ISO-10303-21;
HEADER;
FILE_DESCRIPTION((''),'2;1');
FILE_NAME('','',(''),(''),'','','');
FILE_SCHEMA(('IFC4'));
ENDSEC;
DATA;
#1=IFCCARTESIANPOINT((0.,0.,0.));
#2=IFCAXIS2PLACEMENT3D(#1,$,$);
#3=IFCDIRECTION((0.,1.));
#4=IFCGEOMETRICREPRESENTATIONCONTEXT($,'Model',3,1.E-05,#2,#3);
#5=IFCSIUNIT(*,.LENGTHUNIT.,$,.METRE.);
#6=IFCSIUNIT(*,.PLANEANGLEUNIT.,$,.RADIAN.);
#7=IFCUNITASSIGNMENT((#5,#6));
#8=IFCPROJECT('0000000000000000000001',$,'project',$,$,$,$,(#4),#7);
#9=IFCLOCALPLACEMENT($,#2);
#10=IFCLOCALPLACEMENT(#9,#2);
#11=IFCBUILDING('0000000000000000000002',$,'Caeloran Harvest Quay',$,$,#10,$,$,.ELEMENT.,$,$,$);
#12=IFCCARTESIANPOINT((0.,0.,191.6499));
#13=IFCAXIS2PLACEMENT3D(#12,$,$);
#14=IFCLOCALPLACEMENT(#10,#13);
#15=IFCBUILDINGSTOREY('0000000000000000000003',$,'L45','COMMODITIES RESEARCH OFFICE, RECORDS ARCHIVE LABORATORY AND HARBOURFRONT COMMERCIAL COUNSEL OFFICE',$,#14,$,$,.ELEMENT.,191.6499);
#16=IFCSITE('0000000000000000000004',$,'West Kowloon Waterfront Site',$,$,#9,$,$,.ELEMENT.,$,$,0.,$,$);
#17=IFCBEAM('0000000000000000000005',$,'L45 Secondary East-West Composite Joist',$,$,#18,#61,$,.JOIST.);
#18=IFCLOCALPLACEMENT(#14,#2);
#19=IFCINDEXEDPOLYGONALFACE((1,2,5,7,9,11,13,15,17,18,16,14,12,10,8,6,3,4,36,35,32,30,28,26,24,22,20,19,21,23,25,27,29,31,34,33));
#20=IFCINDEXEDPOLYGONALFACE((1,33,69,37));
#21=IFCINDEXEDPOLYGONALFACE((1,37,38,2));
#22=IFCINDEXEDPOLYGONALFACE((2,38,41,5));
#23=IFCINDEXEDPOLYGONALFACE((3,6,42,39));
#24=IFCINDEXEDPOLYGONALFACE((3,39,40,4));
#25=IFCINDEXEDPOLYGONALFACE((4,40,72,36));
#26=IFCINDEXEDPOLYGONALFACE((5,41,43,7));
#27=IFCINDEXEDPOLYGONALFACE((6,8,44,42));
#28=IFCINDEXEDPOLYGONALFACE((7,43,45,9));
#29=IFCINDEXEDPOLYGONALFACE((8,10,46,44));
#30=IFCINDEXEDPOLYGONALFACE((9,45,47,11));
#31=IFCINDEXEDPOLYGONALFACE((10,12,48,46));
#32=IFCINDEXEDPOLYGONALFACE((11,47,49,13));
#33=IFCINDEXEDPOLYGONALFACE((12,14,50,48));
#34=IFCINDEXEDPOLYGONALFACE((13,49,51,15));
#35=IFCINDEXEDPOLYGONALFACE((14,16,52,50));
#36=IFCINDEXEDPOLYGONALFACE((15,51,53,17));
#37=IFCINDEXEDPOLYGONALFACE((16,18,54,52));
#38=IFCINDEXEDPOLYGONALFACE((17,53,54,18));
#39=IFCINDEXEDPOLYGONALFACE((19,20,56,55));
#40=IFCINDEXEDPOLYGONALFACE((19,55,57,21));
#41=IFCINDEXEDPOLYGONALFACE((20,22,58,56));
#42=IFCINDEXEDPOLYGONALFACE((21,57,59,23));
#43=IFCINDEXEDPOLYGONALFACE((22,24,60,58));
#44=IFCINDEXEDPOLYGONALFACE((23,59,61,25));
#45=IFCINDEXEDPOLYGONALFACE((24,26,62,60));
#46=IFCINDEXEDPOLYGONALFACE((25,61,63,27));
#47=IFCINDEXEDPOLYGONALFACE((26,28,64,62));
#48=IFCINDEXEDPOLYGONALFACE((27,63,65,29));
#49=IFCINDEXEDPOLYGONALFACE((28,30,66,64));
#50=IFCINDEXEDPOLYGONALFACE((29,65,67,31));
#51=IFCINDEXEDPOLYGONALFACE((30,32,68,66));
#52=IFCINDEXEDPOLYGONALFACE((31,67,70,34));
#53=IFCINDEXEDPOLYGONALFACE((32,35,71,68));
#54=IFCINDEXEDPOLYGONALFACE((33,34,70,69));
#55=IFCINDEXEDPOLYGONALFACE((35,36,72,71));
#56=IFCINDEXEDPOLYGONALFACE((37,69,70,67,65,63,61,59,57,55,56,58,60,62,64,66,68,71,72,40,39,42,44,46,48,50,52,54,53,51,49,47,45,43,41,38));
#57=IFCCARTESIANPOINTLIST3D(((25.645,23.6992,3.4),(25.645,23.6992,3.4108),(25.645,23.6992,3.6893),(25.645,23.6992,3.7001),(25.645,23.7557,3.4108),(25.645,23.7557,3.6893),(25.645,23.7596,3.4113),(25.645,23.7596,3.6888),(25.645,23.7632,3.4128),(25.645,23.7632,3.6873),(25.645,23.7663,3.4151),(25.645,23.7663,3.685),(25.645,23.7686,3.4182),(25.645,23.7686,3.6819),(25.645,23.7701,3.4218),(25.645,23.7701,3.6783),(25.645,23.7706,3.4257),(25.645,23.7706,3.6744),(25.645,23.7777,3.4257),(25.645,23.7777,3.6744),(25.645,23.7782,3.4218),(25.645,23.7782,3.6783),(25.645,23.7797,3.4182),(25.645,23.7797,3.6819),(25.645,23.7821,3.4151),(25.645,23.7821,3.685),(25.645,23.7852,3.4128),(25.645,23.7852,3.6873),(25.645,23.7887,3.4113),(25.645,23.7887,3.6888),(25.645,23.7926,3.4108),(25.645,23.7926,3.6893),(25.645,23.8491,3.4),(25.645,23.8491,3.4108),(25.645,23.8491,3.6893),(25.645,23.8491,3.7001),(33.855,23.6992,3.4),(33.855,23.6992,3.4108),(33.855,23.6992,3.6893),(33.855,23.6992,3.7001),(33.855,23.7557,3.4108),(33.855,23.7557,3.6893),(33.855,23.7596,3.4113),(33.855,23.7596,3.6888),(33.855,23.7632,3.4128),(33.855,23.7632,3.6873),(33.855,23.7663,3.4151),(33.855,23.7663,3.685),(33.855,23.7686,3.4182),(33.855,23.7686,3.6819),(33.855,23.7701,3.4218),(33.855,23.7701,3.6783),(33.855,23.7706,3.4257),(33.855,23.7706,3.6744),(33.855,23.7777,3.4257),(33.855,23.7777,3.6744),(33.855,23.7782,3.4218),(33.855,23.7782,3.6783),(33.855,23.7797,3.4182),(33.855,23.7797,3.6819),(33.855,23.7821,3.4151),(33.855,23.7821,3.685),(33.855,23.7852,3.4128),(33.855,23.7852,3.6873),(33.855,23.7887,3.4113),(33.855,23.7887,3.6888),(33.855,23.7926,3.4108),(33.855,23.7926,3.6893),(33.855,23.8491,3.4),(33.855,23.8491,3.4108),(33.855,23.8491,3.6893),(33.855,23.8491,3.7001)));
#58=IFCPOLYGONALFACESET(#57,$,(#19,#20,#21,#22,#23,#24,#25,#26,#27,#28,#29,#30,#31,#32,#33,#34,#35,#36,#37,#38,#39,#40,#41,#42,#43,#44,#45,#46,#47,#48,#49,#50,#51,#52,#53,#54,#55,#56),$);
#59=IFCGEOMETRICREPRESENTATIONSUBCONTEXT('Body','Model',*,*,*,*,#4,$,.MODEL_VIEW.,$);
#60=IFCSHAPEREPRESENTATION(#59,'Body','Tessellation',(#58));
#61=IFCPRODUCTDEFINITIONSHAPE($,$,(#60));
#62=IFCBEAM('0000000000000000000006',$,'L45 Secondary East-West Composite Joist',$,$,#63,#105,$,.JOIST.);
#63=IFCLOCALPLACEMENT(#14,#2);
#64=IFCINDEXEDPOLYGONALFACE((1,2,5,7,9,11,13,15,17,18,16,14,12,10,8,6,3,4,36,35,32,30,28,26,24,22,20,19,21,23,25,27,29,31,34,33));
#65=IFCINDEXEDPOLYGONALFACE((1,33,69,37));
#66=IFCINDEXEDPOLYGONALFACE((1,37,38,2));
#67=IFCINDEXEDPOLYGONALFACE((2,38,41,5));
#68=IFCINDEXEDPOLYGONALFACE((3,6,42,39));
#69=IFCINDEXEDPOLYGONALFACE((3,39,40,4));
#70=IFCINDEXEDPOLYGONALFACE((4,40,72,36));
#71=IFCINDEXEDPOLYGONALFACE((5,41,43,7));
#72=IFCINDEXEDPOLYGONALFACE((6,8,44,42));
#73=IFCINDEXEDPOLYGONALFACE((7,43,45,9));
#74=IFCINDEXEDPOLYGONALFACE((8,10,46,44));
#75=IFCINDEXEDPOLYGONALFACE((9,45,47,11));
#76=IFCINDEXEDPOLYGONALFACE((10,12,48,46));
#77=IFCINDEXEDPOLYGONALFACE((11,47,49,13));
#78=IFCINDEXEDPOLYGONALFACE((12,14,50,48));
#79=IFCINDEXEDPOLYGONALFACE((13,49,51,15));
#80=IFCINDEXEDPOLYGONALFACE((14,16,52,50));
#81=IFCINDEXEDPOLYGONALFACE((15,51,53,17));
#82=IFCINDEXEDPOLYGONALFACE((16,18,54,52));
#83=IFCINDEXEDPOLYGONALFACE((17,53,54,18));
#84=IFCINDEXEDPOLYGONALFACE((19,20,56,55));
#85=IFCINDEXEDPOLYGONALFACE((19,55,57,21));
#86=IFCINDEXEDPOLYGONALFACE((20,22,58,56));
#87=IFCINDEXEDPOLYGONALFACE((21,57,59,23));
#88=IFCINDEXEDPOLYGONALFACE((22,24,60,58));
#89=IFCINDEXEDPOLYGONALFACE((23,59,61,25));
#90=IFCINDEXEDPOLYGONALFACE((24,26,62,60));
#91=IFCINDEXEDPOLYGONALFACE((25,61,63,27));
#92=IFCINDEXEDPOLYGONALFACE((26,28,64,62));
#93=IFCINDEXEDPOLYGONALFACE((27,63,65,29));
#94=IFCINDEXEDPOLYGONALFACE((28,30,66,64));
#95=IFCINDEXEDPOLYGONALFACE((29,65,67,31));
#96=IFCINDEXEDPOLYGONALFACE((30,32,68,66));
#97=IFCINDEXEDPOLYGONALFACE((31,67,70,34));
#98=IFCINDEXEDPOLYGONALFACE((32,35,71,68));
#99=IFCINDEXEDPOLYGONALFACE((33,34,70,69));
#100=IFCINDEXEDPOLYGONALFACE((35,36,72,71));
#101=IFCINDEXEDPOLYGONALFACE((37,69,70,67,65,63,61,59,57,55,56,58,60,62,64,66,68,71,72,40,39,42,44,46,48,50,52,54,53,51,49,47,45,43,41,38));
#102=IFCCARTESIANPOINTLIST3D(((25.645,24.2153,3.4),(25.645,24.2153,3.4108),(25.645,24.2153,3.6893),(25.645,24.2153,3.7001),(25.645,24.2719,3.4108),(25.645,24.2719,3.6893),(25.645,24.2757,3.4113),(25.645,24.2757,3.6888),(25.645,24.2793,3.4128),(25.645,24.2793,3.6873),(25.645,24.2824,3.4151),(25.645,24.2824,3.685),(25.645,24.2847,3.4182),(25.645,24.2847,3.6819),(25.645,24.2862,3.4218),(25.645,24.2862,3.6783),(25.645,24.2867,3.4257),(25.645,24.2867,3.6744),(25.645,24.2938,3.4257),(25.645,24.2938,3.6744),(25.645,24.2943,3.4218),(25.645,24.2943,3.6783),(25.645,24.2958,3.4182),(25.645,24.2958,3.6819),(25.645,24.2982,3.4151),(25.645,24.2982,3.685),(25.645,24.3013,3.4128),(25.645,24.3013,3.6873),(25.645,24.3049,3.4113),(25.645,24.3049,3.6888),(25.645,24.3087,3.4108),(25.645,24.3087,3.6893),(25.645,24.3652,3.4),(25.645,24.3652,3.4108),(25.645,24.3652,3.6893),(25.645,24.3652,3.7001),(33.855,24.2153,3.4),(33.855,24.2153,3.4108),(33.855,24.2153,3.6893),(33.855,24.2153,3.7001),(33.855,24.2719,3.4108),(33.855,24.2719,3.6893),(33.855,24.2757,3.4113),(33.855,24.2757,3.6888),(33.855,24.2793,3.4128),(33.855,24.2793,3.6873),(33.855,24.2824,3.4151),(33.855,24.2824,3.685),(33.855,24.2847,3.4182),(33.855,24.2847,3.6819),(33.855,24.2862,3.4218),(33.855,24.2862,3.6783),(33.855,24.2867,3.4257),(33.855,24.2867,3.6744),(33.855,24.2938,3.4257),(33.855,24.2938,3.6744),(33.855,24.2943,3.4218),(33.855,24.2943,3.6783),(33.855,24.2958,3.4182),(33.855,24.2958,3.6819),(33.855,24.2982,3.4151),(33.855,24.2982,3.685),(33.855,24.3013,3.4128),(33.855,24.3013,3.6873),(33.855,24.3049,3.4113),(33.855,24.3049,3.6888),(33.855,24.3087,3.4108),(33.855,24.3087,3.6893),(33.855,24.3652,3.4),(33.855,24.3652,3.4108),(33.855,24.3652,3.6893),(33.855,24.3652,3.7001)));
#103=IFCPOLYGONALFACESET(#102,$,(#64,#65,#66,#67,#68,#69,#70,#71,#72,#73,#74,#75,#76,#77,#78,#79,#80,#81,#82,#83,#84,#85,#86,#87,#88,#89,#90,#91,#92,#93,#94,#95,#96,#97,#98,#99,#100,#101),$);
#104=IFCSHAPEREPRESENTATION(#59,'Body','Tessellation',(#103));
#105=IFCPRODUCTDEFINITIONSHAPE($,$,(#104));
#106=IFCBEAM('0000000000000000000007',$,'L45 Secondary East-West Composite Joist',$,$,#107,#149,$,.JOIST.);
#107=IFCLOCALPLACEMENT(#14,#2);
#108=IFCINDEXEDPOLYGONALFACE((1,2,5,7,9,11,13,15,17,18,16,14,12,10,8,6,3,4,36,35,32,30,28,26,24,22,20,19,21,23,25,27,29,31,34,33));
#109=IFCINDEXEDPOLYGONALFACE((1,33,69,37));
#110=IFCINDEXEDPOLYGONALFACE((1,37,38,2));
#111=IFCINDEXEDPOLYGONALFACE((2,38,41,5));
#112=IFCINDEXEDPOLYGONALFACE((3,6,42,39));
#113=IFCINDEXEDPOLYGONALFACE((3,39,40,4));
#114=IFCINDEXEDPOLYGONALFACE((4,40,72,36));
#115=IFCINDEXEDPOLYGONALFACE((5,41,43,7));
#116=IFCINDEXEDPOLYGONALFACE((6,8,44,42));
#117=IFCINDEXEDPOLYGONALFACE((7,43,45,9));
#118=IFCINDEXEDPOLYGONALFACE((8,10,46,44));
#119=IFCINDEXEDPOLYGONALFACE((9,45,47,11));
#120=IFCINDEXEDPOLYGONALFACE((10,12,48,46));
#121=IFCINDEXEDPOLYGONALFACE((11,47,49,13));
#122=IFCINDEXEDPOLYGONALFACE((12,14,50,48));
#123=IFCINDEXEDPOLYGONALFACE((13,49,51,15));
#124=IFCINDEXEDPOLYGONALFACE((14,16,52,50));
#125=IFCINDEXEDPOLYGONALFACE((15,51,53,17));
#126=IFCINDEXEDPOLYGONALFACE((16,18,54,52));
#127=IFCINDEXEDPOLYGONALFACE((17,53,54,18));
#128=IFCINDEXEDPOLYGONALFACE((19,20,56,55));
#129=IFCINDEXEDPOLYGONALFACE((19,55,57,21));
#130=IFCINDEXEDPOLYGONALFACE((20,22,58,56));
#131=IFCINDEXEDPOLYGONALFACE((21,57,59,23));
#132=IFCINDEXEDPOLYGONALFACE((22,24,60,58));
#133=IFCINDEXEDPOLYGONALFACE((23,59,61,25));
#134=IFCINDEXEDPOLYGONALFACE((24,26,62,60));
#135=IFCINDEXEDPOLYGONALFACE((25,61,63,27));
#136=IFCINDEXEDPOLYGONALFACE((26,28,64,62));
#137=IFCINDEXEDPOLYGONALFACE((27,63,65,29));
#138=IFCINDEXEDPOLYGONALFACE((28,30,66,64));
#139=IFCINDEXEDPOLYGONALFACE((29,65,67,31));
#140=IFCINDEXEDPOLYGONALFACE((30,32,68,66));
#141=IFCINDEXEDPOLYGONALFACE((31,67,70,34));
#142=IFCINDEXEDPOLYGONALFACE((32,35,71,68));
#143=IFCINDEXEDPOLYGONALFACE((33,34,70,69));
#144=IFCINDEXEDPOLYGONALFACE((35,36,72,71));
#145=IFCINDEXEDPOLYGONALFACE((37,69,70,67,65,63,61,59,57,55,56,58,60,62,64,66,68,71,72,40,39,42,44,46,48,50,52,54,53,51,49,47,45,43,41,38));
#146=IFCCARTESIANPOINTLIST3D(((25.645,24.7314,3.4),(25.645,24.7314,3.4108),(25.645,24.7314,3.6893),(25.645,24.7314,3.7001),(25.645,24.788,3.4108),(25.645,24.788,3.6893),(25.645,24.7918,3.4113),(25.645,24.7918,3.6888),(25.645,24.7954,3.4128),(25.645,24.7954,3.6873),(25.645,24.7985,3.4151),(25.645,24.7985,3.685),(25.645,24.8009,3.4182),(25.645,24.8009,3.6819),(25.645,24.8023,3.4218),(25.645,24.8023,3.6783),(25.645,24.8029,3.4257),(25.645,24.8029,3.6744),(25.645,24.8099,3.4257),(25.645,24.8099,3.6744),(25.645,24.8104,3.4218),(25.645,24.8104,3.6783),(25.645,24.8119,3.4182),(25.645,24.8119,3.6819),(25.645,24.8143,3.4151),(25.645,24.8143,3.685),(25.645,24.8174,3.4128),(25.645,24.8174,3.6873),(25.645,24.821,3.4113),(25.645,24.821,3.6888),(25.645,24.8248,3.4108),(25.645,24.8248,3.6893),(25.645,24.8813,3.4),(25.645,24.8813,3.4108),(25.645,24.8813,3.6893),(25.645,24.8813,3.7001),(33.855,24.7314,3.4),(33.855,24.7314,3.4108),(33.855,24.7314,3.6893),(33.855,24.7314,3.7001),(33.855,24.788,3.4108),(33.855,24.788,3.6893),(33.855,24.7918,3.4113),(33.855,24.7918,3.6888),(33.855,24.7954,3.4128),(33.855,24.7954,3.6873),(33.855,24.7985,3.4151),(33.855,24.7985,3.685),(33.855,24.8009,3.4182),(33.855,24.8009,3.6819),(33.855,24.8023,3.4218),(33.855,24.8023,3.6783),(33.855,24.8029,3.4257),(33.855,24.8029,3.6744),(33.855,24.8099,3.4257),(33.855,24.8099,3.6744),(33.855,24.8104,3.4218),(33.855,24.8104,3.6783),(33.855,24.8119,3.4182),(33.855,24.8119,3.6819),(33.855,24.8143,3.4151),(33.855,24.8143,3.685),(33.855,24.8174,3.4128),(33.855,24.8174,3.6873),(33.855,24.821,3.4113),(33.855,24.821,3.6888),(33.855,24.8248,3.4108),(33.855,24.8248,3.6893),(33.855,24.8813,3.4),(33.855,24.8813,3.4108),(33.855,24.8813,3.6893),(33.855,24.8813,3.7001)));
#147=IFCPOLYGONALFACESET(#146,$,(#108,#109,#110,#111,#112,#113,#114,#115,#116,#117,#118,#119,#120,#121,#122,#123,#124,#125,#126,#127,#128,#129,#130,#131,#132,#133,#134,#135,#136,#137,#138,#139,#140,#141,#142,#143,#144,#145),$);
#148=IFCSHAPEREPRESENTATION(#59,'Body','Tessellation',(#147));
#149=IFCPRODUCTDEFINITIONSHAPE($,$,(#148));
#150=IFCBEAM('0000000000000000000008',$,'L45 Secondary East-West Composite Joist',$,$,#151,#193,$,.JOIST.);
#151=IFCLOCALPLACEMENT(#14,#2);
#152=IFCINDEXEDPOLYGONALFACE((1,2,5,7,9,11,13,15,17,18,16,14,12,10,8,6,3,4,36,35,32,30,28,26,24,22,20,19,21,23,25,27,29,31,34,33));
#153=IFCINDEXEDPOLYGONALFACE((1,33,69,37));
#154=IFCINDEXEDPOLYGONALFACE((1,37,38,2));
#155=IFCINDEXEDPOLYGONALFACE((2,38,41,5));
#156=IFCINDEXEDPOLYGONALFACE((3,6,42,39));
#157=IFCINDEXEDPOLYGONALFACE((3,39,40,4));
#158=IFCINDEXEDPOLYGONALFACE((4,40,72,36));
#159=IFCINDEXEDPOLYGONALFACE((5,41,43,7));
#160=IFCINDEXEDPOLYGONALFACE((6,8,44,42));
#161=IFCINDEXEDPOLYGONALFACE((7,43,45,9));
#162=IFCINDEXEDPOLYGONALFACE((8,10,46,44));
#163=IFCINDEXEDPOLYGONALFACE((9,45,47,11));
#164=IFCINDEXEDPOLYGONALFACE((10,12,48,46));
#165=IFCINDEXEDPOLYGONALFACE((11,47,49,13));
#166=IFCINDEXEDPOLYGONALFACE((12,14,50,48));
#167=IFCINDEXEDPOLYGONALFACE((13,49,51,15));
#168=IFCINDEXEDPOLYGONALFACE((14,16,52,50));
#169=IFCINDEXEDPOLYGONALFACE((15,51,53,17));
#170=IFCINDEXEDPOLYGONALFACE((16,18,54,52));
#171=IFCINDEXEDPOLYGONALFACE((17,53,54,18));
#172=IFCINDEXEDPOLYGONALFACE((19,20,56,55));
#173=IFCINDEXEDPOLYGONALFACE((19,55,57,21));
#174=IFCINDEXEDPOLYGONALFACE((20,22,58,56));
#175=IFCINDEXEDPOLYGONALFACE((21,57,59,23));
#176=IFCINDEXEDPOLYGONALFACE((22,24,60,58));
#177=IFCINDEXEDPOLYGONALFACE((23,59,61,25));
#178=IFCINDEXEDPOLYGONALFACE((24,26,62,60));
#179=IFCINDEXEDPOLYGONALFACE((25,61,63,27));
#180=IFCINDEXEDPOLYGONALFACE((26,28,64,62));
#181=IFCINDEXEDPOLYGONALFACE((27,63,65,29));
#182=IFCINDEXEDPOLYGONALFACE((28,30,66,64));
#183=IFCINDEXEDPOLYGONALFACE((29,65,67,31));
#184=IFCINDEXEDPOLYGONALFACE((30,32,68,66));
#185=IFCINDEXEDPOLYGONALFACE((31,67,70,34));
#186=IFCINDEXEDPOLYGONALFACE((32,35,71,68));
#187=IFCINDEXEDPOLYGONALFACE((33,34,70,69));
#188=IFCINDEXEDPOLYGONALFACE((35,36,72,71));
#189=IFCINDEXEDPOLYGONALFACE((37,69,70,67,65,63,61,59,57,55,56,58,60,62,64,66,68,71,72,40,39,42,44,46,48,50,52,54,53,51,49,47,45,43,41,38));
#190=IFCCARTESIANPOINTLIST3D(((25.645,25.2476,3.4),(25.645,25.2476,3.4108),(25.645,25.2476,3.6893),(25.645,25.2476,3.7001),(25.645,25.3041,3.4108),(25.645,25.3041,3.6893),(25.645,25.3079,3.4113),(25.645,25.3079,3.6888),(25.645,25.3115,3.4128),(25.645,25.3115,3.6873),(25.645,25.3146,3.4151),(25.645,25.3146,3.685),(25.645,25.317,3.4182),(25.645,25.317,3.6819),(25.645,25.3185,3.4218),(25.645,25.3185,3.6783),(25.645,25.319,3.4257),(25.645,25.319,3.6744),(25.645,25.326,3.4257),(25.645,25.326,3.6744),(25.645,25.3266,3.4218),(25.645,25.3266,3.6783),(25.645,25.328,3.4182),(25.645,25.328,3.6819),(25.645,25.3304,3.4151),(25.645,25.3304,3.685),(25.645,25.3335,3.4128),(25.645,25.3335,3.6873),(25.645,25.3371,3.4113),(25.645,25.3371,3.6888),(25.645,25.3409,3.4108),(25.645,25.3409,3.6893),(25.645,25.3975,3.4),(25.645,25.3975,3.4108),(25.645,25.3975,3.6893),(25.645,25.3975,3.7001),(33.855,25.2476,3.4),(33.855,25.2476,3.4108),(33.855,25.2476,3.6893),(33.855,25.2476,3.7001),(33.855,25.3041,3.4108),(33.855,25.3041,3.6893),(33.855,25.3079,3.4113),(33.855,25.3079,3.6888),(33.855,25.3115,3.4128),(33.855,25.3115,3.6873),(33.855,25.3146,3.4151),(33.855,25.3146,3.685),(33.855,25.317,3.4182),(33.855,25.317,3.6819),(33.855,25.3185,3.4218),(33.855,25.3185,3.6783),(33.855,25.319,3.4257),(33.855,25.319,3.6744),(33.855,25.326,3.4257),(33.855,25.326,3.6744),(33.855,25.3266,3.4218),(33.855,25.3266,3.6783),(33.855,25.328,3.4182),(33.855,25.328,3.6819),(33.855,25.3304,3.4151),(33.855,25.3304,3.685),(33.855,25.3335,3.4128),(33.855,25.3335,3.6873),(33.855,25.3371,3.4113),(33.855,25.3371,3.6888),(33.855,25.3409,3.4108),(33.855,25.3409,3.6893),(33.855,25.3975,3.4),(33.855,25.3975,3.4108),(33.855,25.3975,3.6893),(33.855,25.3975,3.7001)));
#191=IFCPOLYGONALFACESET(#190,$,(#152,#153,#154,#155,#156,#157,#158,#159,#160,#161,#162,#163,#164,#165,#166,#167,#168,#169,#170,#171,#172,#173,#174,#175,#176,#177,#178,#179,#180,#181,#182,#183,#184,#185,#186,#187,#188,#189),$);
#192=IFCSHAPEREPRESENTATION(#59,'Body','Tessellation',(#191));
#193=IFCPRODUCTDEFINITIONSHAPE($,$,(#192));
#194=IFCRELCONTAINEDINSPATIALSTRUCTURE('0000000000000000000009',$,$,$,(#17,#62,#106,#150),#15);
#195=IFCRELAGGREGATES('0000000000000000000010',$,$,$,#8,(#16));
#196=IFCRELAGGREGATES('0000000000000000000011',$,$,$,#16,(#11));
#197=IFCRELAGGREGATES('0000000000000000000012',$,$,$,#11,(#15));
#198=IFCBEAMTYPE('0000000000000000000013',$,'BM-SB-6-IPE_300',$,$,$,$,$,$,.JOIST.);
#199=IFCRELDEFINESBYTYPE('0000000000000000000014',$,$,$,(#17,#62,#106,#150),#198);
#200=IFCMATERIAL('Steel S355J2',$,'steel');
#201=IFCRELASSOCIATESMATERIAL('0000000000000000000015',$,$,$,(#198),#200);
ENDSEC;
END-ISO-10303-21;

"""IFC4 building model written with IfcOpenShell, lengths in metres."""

from ifc_helpers import new_model, si_unit, direction, frame, origin, origin_2d, place, context, subcontext, project, spatial, i_section, extrude, material, material_profile, profile_set, type_object, element, save


model = new_model("IFC4")

# Units and contexts
model_context = context("Model", 3, precision=1e-05, world=origin(), true_north=direction((0.0, 1.0)))
body_context = subcontext(model_context, "Body", "Model", "MODEL_VIEW")
ifc_project = project(units=[si_unit("LENGTHUNIT", "METRE"), si_unit("PLANEANGLEUNIT", "RADIAN")], contexts=[model_context])

# Site, building, storey
site_placement = place(None, origin())
site = spatial("IfcSite", under=ifc_project, at=site_placement, Name="West Kowloon Waterfront Site", CompositionType="ELEMENT", RefElevation=0.0)
building_placement = place(site_placement, origin())
building = spatial("IfcBuilding", under=site, at=building_placement, Name="Caeloran Harvest Quay", CompositionType="ELEMENT")
storey_placement = place(building_placement, frame((0.0, 0.0, 191.6499)))
storey = spatial("IfcBuildingStorey", under=building, at=storey_placement, Name="L45", Description="COMMODITIES RESEARCH OFFICE, RECORDS ARCHIVE LABORATORY AND HARBOURFRONT COMMERCIAL COUNSEL OFFICE", CompositionType="ELEMENT", Elevation=191.6499)

# Beams
ifc_material_1 = material(Name="Steel S355J2", Category="steel")
ifc_material_profile_1 = material_profile(ifc_material_1, i_section(OverallWidth=0.1499, OverallDepth=0.3, WebThickness=0.0071, FlangeThickness=0.0107, FilletRadius=0.0149, at=origin_2d()), Name="IPE 300")
ifc_profile_set_1 = profile_set([ifc_material_profile_1], Name="Steel S355J2")
beam_type_1 = type_object("IfcBeamType", Name="BM-SB-6-IPE_300", PredefinedType="JOIST", material=ifc_profile_set_1)
for number, where, z_axis, x_axis, name in (
    (1, (25.645, 23.7742, 3.55), (1.0, 0.0, 0.0), (0.0, 1.0, 0.0), "L45 Secondary East-West Composite Joist"),
    (2, (25.645, 24.2903, 3.55), (1.0, 0.0, 0.0), (0.0, 1.0, 0.0), "L45 Secondary East-West Composite Joist"),
    (3, (25.645, 24.8064, 3.55), (1.0, 0.0, 0.0), (0.0, 1.0, 0.0), "L45 Secondary East-West Composite Joist"),
    (4, (25.645, 25.3225, 3.55), (1.0, 0.0, 0.0), (0.0, 1.0, 0.0), "L45 Secondary East-West Composite Joist"),
):
    element("IfcBeam", number, at=place(storey_placement, frame(where, z_axis=z_axis, x_axis=x_axis)), inside=storey, type_object=beam_type_1, Name=name, PredefinedType="JOIST", context=body_context, shape_type="SweptSolid", body=[
        extrude(i_section(OverallWidth=0.1499, OverallDepth=0.3, WebThickness=0.0071, FlangeThickness=0.0107, FilletRadius=0.0149, at=origin_2d()), origin(), (0.0, 0.0, 1.0), 8.21),
    ])

save(model, "model.ifc")
